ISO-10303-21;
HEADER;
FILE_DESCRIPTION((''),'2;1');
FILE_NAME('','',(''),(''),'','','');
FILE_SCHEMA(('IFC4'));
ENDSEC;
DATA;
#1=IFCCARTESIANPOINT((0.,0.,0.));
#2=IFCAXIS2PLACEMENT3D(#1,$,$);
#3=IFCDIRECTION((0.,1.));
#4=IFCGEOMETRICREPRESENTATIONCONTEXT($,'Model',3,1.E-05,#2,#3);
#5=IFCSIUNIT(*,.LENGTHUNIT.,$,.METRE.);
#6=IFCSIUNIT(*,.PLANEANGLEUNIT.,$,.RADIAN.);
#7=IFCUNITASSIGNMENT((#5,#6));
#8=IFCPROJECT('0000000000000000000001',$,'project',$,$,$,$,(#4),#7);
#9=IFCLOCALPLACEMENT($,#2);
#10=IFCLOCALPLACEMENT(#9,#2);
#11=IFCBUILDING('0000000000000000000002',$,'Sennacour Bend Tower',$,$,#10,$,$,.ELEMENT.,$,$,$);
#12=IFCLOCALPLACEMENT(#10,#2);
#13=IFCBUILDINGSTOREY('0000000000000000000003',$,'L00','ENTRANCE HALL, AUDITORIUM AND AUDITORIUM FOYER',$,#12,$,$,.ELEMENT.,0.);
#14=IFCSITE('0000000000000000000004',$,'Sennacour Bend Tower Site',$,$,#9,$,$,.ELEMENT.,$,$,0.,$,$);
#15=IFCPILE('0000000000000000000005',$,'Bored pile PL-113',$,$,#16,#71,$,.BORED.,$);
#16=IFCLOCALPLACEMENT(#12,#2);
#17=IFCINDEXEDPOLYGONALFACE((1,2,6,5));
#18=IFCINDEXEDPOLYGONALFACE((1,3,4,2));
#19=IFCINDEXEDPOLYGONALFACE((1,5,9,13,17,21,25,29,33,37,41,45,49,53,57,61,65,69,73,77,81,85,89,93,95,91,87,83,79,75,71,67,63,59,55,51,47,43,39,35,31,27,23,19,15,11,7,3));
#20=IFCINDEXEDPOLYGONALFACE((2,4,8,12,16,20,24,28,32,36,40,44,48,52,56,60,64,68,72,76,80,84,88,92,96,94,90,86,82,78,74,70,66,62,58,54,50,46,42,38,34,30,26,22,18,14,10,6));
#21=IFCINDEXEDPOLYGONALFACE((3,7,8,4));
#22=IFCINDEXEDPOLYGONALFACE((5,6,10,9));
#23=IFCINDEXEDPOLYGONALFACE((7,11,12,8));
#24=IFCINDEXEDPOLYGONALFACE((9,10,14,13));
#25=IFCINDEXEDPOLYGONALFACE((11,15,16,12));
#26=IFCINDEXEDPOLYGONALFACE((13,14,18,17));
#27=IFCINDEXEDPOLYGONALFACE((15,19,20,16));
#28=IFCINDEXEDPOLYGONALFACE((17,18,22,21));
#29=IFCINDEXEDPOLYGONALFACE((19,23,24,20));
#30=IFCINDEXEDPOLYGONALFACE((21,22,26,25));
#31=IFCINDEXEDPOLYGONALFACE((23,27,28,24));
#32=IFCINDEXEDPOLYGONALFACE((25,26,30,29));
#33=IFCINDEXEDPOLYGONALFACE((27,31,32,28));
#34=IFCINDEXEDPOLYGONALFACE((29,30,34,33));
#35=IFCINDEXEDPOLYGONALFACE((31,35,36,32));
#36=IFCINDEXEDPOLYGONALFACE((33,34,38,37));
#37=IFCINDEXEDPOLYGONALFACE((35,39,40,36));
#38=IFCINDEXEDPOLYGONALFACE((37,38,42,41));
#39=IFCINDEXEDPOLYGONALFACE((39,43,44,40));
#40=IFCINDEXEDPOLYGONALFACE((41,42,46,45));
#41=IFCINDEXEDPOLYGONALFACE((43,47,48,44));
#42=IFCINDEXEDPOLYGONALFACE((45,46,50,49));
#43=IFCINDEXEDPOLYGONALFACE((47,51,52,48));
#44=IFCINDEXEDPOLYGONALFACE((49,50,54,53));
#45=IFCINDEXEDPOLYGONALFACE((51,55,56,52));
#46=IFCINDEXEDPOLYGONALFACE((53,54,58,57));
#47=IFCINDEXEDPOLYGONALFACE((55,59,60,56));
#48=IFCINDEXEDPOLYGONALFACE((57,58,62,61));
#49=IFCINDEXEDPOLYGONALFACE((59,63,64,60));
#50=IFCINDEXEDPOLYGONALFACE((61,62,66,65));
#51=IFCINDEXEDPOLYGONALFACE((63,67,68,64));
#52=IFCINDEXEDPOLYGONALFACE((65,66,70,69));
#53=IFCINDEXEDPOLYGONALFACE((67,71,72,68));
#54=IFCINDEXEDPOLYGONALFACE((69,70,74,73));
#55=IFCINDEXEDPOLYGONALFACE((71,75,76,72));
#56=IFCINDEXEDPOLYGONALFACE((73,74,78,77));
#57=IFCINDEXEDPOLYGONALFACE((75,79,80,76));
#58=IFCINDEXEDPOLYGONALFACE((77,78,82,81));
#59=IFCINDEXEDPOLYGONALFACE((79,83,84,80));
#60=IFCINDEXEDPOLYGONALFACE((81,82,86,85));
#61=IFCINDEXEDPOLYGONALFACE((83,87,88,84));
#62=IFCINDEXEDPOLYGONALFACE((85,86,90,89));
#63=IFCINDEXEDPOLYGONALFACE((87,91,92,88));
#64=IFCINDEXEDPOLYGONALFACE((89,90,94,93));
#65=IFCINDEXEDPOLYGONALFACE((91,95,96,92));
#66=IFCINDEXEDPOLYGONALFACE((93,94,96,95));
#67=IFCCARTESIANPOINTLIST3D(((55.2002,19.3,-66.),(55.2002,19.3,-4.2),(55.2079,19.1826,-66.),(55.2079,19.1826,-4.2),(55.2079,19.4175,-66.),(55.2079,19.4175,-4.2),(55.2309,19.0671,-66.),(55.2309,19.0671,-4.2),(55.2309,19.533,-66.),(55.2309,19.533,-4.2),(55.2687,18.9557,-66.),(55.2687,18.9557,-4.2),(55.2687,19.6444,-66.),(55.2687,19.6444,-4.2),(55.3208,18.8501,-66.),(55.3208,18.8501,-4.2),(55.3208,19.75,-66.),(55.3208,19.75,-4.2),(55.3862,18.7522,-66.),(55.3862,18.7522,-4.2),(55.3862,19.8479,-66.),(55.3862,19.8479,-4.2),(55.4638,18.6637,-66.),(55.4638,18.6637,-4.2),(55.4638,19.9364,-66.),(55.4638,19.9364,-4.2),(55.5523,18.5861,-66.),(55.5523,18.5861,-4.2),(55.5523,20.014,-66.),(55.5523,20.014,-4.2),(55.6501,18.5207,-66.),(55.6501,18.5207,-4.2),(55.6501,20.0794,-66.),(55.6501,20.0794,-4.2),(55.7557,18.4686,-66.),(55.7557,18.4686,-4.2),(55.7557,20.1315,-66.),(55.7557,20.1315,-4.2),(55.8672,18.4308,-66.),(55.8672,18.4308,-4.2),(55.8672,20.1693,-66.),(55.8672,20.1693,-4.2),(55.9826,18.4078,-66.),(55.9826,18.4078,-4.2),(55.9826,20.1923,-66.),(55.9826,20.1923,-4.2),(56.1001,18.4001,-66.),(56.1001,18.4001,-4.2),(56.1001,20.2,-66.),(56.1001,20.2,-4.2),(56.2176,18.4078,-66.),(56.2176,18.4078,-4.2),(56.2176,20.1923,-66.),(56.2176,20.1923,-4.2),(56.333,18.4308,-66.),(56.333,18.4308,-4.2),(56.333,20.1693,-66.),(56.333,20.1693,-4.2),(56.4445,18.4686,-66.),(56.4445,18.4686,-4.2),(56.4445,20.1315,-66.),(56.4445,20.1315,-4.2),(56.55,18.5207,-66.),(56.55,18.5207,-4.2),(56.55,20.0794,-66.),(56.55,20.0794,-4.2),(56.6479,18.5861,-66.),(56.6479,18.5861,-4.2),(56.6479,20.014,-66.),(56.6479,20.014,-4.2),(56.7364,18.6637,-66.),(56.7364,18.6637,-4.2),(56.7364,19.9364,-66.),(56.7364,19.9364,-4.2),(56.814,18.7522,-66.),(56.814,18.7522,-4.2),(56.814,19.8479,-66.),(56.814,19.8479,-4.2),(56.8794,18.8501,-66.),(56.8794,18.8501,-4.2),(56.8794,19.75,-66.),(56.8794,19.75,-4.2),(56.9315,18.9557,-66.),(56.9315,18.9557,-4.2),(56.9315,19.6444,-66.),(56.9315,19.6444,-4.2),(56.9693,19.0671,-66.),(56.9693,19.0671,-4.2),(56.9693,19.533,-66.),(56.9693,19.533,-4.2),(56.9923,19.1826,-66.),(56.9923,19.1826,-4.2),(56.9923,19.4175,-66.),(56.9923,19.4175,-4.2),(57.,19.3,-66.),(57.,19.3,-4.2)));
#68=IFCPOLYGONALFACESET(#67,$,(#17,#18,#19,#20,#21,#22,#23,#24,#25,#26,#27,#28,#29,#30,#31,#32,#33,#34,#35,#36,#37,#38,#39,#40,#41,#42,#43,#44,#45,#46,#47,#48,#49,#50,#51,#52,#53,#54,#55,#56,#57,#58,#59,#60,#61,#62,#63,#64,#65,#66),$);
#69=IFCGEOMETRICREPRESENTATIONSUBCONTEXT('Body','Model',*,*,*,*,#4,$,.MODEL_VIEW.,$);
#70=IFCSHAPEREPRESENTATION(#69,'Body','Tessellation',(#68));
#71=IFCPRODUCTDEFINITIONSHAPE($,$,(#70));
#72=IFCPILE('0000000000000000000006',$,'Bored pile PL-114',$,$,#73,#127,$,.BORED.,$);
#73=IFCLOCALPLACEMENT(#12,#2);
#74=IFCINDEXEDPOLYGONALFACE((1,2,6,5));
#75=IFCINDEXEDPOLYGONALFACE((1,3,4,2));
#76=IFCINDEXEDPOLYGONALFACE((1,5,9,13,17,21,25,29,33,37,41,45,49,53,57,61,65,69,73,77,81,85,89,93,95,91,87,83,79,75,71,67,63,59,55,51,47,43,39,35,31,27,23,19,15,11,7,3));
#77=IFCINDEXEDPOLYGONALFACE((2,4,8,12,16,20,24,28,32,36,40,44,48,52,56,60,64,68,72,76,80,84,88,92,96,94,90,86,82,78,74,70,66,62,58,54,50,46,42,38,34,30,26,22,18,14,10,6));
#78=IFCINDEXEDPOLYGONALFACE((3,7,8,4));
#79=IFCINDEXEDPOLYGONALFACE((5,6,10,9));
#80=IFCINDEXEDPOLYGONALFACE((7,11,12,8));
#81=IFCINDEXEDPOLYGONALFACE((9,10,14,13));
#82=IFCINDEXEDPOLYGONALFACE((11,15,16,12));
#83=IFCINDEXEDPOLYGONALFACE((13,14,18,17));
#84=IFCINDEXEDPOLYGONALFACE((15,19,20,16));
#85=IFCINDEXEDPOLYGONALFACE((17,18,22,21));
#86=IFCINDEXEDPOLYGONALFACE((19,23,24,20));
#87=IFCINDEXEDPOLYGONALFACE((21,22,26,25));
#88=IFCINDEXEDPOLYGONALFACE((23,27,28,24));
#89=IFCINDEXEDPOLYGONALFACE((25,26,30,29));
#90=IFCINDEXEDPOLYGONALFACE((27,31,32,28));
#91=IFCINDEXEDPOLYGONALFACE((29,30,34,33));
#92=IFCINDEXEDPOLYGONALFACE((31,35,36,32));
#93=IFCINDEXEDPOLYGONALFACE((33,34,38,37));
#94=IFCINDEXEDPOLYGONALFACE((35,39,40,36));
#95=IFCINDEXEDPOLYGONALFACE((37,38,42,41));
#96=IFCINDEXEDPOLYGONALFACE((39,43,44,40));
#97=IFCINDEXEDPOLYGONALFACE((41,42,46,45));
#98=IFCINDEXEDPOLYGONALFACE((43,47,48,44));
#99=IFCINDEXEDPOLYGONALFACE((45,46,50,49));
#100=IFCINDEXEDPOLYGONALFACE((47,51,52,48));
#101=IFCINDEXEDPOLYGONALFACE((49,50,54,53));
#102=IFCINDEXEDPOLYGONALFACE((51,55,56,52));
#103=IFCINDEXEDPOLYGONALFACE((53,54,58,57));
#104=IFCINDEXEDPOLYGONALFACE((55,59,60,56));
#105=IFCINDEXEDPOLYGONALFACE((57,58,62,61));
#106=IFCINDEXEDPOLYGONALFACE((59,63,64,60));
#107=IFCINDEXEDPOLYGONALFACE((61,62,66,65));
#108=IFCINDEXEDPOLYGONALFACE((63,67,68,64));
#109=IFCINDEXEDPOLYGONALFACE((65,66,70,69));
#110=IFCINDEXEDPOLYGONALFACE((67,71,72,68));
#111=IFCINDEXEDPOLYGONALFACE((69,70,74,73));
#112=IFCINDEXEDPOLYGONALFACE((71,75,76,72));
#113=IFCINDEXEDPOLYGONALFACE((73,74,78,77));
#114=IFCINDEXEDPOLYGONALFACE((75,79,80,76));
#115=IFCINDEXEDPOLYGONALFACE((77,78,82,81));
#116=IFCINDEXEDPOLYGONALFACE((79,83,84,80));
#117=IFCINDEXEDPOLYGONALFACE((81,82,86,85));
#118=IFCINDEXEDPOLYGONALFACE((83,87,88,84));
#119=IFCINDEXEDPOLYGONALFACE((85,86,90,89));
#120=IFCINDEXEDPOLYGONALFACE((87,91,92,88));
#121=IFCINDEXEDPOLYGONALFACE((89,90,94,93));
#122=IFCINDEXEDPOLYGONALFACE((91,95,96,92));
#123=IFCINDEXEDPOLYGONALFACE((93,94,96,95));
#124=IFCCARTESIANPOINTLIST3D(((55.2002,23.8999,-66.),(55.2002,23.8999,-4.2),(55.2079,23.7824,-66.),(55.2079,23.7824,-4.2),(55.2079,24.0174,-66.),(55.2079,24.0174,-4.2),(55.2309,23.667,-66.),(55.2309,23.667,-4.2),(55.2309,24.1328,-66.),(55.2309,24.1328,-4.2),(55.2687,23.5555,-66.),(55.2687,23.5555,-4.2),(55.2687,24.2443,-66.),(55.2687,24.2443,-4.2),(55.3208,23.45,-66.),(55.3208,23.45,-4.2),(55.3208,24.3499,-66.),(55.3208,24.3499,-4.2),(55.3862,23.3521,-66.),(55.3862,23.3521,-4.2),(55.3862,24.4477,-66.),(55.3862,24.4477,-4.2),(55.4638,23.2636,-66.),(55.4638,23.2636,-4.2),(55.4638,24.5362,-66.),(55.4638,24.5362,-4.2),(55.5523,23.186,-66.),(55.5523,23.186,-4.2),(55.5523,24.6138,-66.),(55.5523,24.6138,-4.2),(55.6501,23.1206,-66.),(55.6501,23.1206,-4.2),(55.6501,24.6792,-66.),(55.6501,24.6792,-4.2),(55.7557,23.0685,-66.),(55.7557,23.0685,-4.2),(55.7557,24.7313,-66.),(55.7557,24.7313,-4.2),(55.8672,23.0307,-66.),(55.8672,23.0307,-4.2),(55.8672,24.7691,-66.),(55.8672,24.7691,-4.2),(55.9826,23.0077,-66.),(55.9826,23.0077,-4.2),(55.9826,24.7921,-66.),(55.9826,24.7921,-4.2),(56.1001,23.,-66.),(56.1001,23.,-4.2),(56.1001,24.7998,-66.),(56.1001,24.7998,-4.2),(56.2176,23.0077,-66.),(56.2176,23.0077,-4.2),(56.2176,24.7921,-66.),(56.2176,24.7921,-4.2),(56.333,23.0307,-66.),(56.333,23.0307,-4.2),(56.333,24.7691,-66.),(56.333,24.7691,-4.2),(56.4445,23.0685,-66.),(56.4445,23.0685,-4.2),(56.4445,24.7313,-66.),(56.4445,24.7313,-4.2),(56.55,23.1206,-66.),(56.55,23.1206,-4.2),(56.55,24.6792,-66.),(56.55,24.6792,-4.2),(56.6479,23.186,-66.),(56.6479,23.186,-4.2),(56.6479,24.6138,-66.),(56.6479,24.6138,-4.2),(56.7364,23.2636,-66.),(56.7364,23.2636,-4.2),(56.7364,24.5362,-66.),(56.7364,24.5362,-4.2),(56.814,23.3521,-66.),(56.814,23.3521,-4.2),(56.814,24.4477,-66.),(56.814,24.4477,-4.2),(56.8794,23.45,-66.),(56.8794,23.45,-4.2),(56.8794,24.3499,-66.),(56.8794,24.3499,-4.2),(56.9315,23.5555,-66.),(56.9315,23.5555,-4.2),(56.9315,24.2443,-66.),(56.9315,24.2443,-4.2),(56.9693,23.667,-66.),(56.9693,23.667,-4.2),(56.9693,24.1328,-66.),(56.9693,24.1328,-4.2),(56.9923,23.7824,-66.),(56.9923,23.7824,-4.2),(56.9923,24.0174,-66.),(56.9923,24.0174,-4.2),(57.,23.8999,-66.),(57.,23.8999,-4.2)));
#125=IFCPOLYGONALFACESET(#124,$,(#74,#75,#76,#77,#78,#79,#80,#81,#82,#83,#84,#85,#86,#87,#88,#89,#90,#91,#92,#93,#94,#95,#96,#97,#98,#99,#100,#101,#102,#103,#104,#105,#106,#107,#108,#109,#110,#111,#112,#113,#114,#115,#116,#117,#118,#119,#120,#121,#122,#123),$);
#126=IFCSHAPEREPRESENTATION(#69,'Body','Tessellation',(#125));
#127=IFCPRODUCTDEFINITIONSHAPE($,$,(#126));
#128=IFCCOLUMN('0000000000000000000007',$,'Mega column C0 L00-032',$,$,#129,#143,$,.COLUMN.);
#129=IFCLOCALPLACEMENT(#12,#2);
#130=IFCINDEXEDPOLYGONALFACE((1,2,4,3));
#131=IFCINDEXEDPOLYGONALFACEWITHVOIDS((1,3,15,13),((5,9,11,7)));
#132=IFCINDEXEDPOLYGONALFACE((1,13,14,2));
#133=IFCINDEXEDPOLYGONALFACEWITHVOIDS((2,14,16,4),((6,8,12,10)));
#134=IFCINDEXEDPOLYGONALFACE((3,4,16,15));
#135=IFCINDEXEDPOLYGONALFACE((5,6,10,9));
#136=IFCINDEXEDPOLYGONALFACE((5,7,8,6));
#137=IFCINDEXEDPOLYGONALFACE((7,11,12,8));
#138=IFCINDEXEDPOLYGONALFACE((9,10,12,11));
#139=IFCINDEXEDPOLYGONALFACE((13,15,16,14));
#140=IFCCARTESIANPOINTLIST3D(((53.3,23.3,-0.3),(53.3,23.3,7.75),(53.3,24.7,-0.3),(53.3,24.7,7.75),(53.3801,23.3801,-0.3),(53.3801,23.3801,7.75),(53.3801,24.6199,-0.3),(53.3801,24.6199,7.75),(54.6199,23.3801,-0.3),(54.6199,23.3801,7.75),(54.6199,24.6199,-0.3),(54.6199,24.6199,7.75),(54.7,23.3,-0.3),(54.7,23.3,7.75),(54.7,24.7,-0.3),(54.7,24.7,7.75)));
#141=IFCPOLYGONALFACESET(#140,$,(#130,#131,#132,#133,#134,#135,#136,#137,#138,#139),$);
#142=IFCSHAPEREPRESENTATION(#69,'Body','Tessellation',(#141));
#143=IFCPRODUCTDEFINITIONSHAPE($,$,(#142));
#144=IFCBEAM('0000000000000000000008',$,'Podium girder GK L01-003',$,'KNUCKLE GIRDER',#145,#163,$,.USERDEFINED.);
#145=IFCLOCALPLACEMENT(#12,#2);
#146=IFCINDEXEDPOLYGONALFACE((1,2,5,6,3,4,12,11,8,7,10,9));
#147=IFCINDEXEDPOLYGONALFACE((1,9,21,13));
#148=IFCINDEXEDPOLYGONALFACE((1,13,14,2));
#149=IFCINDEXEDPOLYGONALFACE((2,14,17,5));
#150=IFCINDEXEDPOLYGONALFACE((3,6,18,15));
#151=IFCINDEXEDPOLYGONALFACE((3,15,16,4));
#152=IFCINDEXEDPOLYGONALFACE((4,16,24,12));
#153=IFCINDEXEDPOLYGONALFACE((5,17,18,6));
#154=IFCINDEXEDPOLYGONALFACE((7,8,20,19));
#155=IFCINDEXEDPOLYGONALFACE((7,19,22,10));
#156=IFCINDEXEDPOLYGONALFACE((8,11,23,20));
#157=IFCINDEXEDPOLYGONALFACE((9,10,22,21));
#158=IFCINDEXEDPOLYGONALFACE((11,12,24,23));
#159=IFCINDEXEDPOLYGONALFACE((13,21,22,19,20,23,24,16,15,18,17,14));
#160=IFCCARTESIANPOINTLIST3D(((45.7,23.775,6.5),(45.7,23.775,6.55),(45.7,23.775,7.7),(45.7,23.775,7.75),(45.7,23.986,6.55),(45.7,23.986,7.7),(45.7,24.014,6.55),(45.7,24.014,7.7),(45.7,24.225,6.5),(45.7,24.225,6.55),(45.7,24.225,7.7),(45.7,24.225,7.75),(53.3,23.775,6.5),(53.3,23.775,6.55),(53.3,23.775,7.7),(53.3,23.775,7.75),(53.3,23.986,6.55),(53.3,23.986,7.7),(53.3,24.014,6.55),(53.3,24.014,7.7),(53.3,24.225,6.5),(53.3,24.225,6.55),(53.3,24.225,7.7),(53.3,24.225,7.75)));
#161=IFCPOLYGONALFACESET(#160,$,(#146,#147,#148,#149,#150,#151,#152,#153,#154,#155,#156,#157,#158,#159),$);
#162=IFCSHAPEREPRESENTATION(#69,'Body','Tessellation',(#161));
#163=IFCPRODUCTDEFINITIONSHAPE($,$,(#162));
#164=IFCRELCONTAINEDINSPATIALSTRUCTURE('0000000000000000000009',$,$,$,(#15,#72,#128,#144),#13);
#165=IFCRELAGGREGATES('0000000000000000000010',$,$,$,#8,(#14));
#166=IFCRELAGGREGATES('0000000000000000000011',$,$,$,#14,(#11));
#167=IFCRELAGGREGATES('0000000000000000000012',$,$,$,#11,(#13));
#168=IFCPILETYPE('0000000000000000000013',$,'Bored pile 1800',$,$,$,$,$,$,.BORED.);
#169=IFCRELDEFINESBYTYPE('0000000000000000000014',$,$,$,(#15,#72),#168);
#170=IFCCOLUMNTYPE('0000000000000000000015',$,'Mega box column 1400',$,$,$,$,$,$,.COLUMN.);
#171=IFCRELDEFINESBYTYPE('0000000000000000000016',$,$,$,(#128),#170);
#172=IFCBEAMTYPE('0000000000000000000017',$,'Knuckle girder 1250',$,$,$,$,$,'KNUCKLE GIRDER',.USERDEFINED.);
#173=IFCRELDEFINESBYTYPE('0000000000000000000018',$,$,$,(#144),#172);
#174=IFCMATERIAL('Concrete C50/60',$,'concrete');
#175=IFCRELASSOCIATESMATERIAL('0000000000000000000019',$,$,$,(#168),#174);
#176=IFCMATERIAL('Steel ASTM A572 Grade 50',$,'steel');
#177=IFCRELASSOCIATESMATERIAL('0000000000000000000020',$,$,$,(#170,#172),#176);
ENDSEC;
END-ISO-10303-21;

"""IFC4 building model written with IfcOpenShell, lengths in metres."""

from ifc_helpers import new_model, si_unit, direction, frame, origin, origin_2d, place, context, subcontext, project, spatial, hollow_rectangle, circle, i_section, extrude, material, material_profile, profile_set, type_object, element, save


model = new_model("IFC4")

# Units and contexts
model_context = context("Model", 3, precision=1e-05, world=origin(), true_north=direction((0.0, 1.0)))
body_context = subcontext(model_context, "Body", "Model", "MODEL_VIEW")
ifc_project = project(units=[si_unit("LENGTHUNIT", "METRE"), si_unit("PLANEANGLEUNIT", "RADIAN")], contexts=[model_context])

# Site, building, storey
site_placement = place(None, origin())
site = spatial("IfcSite", under=ifc_project, at=site_placement, Name="Sennacour Bend Tower Site", CompositionType="ELEMENT", RefElevation=0.0)
building_placement = place(site_placement, origin())
building = spatial("IfcBuilding", under=site, at=building_placement, Name="Sennacour Bend Tower", CompositionType="ELEMENT")
storey_placement = place(building_placement, origin())
storey = spatial("IfcBuildingStorey", under=building, at=storey_placement, Name="L00", Description="ENTRANCE HALL, AUDITORIUM AND AUDITORIUM FOYER", CompositionType="ELEMENT", Elevation=0.0)

# Piles
ifc_material_1 = material(Name="Concrete C50/60", Category="concrete")
ifc_material_profile_1 = material_profile(ifc_material_1, circle(Radius=0.8999, at=origin_2d()), Name="Concrete C50/60", Category="concrete")
ifc_profile_set_1 = profile_set([ifc_material_profile_1], Name="Concrete C50/60")
pile_type = type_object("IfcPileType", Name="Bored pile 1800", PredefinedType="BORED", material=ifc_profile_set_1)
for number, where, z_axis, x_axis, name in (
    (1, (56.1001, 19.3, -4.2), (0.0, 0.0, -1.0), (1.0, 0.0, 0.0), "Bored pile PL-113"),
    (2, (56.1001, 23.8999, -4.2), (0.0, 0.0, -1.0), (1.0, 0.0, 0.0), "Bored pile PL-114"),
):
    element("IfcPile", number, at=place(storey_placement, frame(where, z_axis=z_axis, x_axis=x_axis)), inside=storey, type_object=pile_type, Name=name, PredefinedType="BORED", context=body_context, shape_type="SweptSolid", body=[
        extrude(circle(Radius=0.8999, at=origin_2d()), origin(), (0.0, 0.0, 1.0), 61.8),
    ])

# Column
ifc_material_2 = material(Name="Steel ASTM A572 Grade 50", Category="steel")
ifc_material_profile_2 = material_profile(ifc_material_2, hollow_rectangle(XDim=1.3999, YDim=1.3999, WallThickness=0.0801, at=origin_2d()), Name="Steel ASTM A572 Grade 50", Category="steel")
ifc_profile_set_2 = profile_set([ifc_material_profile_2], Name="Steel ASTM A572 Grade 50")
column_type = type_object("IfcColumnType", Name="Mega box column 1400", PredefinedType="COLUMN", material=ifc_profile_set_2)
column_placement = place(storey_placement, frame((54.0, 24.0, -0.3), z_axis=(0.0, 0.0, 1.0), x_axis=(1.0, 0.0, 0.0)))
element("IfcColumn", 3, at=column_placement, inside=storey, type_object=column_type, Name="Mega column C0 L00-032", PredefinedType="COLUMN", context=body_context, shape_type="SweptSolid", body=[
    extrude(hollow_rectangle(XDim=1.3999, YDim=1.3999, WallThickness=0.0801, at=origin_2d()), origin(), (0.0, 0.0, 1.0), 8.05),
])

# Beam
ifc_material_profile_3 = material_profile(ifc_material_2, i_section(OverallWidth=0.45, OverallDepth=1.25, WebThickness=0.0281, FlangeThickness=0.05, at=origin_2d()), Name="Steel ASTM A572 Grade 50", Category="steel")
ifc_profile_set_3 = profile_set([ifc_material_profile_3], Name="Steel ASTM A572 Grade 50")
beam_type_1 = type_object("IfcBeamType", Name="Knuckle girder 1250", ElementType="KNUCKLE GIRDER", PredefinedType="USERDEFINED", material=ifc_profile_set_3)
beam_1_placement = place(storey_placement, frame((53.3, 24.0, 7.125), z_axis=(-1.0, 0.0, 0.0), x_axis=(0.0, -1.0, 0.0)))
element("IfcBeam", 4, at=beam_1_placement, inside=storey, type_object=beam_type_1, Name="Podium girder GK L01-003", ObjectType="KNUCKLE GIRDER", PredefinedType="USERDEFINED", context=body_context, shape_type="SweptSolid", body=[
    extrude(i_section(OverallWidth=0.45, OverallDepth=1.25, WebThickness=0.0281, FlangeThickness=0.05, at=origin_2d()), origin(), (0.0, 0.0, 1.0), 7.6001),
])

save(model, "model.ifc")
